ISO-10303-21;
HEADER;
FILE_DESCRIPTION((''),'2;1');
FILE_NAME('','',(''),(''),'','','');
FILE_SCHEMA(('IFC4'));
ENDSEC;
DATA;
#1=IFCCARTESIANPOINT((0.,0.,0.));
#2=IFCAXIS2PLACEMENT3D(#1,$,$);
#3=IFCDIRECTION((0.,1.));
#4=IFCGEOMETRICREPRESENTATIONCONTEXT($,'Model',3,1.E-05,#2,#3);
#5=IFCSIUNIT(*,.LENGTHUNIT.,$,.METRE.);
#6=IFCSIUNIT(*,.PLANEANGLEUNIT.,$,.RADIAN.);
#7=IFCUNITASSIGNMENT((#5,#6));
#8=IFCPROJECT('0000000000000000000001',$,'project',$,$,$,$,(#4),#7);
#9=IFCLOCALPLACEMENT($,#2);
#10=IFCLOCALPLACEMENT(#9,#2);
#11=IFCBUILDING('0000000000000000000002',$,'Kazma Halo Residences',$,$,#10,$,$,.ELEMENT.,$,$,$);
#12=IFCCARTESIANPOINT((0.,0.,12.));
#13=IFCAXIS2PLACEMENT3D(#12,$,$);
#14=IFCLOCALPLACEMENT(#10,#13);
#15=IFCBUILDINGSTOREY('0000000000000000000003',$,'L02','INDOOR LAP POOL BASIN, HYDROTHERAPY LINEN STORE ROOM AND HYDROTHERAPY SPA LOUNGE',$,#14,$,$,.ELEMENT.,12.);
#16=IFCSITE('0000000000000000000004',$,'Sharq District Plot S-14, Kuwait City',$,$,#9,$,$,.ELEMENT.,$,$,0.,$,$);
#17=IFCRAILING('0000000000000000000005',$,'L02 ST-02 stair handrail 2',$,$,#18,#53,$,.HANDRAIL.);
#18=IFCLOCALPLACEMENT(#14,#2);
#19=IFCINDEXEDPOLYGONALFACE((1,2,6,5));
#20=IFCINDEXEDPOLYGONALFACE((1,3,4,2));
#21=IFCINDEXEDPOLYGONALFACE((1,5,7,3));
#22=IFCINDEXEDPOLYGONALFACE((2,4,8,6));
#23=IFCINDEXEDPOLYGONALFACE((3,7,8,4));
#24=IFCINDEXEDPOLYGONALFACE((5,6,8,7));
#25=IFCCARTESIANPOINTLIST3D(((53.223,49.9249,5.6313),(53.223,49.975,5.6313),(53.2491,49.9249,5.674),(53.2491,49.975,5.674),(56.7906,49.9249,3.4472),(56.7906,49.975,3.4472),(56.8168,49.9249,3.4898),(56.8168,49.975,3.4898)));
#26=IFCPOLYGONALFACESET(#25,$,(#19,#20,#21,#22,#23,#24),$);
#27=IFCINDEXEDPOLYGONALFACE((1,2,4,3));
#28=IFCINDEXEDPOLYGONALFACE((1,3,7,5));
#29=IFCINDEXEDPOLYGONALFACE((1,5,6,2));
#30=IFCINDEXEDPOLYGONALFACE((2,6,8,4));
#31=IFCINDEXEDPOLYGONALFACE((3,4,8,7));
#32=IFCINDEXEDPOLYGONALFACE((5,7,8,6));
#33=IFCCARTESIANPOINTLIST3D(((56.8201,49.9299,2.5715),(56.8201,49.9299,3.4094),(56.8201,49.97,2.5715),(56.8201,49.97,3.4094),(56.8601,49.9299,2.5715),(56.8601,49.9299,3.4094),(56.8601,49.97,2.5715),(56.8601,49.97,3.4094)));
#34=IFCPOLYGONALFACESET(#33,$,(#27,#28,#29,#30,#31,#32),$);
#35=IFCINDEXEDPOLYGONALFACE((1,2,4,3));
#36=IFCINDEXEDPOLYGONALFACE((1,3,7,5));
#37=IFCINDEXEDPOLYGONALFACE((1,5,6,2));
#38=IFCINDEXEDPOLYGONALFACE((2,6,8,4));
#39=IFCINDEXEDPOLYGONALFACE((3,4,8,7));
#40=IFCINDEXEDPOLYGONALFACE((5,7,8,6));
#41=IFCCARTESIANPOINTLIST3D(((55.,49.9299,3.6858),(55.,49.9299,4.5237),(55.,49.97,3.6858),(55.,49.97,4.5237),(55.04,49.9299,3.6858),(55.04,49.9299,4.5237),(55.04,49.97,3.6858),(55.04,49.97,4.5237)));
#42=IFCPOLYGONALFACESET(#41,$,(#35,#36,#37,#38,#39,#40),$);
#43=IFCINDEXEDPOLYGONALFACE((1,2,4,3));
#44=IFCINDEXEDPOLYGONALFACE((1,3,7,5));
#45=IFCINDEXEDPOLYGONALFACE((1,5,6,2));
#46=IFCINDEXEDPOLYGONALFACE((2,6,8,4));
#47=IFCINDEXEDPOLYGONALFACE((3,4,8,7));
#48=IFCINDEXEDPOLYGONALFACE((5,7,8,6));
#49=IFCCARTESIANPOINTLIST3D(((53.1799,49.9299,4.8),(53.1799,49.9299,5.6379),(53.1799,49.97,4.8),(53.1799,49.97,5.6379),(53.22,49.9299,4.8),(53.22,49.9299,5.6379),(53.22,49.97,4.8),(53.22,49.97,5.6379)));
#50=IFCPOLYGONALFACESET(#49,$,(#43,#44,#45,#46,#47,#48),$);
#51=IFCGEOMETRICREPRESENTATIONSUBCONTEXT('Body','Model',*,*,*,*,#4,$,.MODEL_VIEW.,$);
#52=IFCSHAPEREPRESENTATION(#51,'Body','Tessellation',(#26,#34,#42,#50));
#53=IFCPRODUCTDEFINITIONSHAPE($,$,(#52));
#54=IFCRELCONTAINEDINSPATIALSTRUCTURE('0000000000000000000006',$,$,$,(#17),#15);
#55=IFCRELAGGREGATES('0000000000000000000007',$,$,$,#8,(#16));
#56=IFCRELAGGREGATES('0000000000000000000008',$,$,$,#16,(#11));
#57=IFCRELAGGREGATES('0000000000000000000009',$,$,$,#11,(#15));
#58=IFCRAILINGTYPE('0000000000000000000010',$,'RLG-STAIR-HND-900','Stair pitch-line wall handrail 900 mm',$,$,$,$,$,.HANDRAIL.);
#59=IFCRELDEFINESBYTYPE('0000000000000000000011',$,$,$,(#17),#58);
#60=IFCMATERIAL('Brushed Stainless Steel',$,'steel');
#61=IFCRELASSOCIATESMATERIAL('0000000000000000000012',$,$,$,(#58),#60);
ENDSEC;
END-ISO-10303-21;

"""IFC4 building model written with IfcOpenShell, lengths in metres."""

from ifc_helpers import new_model, si_unit, direction, frame, origin, origin_2d, place, context, subcontext, project, spatial, rectangle, extrude, material, type_object, element, save


model = new_model("IFC4")

# Units and contexts
model_context = context("Model", 3, precision=1e-05, world=origin(), true_north=direction((0.0, 1.0)))
body_context = subcontext(model_context, "Body", "Model", "MODEL_VIEW")
ifc_project = project(units=[si_unit("LENGTHUNIT", "METRE"), si_unit("PLANEANGLEUNIT", "RADIAN")], contexts=[model_context])

# Site, building, storey
site_placement = place(None, origin())
site = spatial("IfcSite", under=ifc_project, at=site_placement, Name="Sharq District Plot S-14, Kuwait City", CompositionType="ELEMENT", RefElevation=0.0)
building_placement = place(site_placement, origin())
building = spatial("IfcBuilding", under=site, at=building_placement, Name="Kazma Halo Residences", CompositionType="ELEMENT")
storey_placement = place(building_placement, frame((0.0, 0.0, 12.0)))
storey = spatial("IfcBuildingStorey", under=building, at=storey_placement, Name="L02", Description="INDOOR LAP POOL BASIN, HYDROTHERAPY LINEN STORE ROOM AND HYDROTHERAPY SPA LOUNGE", CompositionType="ELEMENT", Elevation=12.0)

# Railing
ifc_material_1 = material(Name="Brushed Stainless Steel", Category="steel")
railing_type_1 = type_object("IfcRailingType", Name="RLG-STAIR-HND-900", Description="Stair pitch-line wall handrail 900 mm", PredefinedType="HANDRAIL", material=ifc_material_1)
railing_1_placement = place(storey_placement, frame((56.8401, 49.95, 2.5715)))
element("IfcRailing", 1, at=railing_1_placement, inside=storey, type_object=railing_type_1, Name="L02 ST-02 stair handrail 2", PredefinedType="HANDRAIL", context=body_context, shape_type="SweptSolid", body=[
    extrude(rectangle(XDim=0.05, YDim=0.05, at=origin_2d()), frame((-0.0364, 0.0, 0.897), z_axis=(-0.852866, 0.0, 0.52213), x_axis=(0.0, -1.0, 0.0)), (0.0, 0.0, 1.0), 4.1831),
    extrude(rectangle(XDim=0.04, YDim=0.04, at=origin_2d()), origin(), (0.0, 0.0, 1.0), 0.8379),
    extrude(rectangle(XDim=0.04, YDim=0.04, at=origin_2d()), frame((-1.8201, 0.0, 1.1143)), (0.0, 0.0, 1.0), 0.8379),
    extrude(rectangle(XDim=0.04, YDim=0.04, at=origin_2d()), frame((-3.6401, 0.0, 2.2285)), (0.0, 0.0, 1.0), 0.8379),
])

save(model, "model.ifc")
